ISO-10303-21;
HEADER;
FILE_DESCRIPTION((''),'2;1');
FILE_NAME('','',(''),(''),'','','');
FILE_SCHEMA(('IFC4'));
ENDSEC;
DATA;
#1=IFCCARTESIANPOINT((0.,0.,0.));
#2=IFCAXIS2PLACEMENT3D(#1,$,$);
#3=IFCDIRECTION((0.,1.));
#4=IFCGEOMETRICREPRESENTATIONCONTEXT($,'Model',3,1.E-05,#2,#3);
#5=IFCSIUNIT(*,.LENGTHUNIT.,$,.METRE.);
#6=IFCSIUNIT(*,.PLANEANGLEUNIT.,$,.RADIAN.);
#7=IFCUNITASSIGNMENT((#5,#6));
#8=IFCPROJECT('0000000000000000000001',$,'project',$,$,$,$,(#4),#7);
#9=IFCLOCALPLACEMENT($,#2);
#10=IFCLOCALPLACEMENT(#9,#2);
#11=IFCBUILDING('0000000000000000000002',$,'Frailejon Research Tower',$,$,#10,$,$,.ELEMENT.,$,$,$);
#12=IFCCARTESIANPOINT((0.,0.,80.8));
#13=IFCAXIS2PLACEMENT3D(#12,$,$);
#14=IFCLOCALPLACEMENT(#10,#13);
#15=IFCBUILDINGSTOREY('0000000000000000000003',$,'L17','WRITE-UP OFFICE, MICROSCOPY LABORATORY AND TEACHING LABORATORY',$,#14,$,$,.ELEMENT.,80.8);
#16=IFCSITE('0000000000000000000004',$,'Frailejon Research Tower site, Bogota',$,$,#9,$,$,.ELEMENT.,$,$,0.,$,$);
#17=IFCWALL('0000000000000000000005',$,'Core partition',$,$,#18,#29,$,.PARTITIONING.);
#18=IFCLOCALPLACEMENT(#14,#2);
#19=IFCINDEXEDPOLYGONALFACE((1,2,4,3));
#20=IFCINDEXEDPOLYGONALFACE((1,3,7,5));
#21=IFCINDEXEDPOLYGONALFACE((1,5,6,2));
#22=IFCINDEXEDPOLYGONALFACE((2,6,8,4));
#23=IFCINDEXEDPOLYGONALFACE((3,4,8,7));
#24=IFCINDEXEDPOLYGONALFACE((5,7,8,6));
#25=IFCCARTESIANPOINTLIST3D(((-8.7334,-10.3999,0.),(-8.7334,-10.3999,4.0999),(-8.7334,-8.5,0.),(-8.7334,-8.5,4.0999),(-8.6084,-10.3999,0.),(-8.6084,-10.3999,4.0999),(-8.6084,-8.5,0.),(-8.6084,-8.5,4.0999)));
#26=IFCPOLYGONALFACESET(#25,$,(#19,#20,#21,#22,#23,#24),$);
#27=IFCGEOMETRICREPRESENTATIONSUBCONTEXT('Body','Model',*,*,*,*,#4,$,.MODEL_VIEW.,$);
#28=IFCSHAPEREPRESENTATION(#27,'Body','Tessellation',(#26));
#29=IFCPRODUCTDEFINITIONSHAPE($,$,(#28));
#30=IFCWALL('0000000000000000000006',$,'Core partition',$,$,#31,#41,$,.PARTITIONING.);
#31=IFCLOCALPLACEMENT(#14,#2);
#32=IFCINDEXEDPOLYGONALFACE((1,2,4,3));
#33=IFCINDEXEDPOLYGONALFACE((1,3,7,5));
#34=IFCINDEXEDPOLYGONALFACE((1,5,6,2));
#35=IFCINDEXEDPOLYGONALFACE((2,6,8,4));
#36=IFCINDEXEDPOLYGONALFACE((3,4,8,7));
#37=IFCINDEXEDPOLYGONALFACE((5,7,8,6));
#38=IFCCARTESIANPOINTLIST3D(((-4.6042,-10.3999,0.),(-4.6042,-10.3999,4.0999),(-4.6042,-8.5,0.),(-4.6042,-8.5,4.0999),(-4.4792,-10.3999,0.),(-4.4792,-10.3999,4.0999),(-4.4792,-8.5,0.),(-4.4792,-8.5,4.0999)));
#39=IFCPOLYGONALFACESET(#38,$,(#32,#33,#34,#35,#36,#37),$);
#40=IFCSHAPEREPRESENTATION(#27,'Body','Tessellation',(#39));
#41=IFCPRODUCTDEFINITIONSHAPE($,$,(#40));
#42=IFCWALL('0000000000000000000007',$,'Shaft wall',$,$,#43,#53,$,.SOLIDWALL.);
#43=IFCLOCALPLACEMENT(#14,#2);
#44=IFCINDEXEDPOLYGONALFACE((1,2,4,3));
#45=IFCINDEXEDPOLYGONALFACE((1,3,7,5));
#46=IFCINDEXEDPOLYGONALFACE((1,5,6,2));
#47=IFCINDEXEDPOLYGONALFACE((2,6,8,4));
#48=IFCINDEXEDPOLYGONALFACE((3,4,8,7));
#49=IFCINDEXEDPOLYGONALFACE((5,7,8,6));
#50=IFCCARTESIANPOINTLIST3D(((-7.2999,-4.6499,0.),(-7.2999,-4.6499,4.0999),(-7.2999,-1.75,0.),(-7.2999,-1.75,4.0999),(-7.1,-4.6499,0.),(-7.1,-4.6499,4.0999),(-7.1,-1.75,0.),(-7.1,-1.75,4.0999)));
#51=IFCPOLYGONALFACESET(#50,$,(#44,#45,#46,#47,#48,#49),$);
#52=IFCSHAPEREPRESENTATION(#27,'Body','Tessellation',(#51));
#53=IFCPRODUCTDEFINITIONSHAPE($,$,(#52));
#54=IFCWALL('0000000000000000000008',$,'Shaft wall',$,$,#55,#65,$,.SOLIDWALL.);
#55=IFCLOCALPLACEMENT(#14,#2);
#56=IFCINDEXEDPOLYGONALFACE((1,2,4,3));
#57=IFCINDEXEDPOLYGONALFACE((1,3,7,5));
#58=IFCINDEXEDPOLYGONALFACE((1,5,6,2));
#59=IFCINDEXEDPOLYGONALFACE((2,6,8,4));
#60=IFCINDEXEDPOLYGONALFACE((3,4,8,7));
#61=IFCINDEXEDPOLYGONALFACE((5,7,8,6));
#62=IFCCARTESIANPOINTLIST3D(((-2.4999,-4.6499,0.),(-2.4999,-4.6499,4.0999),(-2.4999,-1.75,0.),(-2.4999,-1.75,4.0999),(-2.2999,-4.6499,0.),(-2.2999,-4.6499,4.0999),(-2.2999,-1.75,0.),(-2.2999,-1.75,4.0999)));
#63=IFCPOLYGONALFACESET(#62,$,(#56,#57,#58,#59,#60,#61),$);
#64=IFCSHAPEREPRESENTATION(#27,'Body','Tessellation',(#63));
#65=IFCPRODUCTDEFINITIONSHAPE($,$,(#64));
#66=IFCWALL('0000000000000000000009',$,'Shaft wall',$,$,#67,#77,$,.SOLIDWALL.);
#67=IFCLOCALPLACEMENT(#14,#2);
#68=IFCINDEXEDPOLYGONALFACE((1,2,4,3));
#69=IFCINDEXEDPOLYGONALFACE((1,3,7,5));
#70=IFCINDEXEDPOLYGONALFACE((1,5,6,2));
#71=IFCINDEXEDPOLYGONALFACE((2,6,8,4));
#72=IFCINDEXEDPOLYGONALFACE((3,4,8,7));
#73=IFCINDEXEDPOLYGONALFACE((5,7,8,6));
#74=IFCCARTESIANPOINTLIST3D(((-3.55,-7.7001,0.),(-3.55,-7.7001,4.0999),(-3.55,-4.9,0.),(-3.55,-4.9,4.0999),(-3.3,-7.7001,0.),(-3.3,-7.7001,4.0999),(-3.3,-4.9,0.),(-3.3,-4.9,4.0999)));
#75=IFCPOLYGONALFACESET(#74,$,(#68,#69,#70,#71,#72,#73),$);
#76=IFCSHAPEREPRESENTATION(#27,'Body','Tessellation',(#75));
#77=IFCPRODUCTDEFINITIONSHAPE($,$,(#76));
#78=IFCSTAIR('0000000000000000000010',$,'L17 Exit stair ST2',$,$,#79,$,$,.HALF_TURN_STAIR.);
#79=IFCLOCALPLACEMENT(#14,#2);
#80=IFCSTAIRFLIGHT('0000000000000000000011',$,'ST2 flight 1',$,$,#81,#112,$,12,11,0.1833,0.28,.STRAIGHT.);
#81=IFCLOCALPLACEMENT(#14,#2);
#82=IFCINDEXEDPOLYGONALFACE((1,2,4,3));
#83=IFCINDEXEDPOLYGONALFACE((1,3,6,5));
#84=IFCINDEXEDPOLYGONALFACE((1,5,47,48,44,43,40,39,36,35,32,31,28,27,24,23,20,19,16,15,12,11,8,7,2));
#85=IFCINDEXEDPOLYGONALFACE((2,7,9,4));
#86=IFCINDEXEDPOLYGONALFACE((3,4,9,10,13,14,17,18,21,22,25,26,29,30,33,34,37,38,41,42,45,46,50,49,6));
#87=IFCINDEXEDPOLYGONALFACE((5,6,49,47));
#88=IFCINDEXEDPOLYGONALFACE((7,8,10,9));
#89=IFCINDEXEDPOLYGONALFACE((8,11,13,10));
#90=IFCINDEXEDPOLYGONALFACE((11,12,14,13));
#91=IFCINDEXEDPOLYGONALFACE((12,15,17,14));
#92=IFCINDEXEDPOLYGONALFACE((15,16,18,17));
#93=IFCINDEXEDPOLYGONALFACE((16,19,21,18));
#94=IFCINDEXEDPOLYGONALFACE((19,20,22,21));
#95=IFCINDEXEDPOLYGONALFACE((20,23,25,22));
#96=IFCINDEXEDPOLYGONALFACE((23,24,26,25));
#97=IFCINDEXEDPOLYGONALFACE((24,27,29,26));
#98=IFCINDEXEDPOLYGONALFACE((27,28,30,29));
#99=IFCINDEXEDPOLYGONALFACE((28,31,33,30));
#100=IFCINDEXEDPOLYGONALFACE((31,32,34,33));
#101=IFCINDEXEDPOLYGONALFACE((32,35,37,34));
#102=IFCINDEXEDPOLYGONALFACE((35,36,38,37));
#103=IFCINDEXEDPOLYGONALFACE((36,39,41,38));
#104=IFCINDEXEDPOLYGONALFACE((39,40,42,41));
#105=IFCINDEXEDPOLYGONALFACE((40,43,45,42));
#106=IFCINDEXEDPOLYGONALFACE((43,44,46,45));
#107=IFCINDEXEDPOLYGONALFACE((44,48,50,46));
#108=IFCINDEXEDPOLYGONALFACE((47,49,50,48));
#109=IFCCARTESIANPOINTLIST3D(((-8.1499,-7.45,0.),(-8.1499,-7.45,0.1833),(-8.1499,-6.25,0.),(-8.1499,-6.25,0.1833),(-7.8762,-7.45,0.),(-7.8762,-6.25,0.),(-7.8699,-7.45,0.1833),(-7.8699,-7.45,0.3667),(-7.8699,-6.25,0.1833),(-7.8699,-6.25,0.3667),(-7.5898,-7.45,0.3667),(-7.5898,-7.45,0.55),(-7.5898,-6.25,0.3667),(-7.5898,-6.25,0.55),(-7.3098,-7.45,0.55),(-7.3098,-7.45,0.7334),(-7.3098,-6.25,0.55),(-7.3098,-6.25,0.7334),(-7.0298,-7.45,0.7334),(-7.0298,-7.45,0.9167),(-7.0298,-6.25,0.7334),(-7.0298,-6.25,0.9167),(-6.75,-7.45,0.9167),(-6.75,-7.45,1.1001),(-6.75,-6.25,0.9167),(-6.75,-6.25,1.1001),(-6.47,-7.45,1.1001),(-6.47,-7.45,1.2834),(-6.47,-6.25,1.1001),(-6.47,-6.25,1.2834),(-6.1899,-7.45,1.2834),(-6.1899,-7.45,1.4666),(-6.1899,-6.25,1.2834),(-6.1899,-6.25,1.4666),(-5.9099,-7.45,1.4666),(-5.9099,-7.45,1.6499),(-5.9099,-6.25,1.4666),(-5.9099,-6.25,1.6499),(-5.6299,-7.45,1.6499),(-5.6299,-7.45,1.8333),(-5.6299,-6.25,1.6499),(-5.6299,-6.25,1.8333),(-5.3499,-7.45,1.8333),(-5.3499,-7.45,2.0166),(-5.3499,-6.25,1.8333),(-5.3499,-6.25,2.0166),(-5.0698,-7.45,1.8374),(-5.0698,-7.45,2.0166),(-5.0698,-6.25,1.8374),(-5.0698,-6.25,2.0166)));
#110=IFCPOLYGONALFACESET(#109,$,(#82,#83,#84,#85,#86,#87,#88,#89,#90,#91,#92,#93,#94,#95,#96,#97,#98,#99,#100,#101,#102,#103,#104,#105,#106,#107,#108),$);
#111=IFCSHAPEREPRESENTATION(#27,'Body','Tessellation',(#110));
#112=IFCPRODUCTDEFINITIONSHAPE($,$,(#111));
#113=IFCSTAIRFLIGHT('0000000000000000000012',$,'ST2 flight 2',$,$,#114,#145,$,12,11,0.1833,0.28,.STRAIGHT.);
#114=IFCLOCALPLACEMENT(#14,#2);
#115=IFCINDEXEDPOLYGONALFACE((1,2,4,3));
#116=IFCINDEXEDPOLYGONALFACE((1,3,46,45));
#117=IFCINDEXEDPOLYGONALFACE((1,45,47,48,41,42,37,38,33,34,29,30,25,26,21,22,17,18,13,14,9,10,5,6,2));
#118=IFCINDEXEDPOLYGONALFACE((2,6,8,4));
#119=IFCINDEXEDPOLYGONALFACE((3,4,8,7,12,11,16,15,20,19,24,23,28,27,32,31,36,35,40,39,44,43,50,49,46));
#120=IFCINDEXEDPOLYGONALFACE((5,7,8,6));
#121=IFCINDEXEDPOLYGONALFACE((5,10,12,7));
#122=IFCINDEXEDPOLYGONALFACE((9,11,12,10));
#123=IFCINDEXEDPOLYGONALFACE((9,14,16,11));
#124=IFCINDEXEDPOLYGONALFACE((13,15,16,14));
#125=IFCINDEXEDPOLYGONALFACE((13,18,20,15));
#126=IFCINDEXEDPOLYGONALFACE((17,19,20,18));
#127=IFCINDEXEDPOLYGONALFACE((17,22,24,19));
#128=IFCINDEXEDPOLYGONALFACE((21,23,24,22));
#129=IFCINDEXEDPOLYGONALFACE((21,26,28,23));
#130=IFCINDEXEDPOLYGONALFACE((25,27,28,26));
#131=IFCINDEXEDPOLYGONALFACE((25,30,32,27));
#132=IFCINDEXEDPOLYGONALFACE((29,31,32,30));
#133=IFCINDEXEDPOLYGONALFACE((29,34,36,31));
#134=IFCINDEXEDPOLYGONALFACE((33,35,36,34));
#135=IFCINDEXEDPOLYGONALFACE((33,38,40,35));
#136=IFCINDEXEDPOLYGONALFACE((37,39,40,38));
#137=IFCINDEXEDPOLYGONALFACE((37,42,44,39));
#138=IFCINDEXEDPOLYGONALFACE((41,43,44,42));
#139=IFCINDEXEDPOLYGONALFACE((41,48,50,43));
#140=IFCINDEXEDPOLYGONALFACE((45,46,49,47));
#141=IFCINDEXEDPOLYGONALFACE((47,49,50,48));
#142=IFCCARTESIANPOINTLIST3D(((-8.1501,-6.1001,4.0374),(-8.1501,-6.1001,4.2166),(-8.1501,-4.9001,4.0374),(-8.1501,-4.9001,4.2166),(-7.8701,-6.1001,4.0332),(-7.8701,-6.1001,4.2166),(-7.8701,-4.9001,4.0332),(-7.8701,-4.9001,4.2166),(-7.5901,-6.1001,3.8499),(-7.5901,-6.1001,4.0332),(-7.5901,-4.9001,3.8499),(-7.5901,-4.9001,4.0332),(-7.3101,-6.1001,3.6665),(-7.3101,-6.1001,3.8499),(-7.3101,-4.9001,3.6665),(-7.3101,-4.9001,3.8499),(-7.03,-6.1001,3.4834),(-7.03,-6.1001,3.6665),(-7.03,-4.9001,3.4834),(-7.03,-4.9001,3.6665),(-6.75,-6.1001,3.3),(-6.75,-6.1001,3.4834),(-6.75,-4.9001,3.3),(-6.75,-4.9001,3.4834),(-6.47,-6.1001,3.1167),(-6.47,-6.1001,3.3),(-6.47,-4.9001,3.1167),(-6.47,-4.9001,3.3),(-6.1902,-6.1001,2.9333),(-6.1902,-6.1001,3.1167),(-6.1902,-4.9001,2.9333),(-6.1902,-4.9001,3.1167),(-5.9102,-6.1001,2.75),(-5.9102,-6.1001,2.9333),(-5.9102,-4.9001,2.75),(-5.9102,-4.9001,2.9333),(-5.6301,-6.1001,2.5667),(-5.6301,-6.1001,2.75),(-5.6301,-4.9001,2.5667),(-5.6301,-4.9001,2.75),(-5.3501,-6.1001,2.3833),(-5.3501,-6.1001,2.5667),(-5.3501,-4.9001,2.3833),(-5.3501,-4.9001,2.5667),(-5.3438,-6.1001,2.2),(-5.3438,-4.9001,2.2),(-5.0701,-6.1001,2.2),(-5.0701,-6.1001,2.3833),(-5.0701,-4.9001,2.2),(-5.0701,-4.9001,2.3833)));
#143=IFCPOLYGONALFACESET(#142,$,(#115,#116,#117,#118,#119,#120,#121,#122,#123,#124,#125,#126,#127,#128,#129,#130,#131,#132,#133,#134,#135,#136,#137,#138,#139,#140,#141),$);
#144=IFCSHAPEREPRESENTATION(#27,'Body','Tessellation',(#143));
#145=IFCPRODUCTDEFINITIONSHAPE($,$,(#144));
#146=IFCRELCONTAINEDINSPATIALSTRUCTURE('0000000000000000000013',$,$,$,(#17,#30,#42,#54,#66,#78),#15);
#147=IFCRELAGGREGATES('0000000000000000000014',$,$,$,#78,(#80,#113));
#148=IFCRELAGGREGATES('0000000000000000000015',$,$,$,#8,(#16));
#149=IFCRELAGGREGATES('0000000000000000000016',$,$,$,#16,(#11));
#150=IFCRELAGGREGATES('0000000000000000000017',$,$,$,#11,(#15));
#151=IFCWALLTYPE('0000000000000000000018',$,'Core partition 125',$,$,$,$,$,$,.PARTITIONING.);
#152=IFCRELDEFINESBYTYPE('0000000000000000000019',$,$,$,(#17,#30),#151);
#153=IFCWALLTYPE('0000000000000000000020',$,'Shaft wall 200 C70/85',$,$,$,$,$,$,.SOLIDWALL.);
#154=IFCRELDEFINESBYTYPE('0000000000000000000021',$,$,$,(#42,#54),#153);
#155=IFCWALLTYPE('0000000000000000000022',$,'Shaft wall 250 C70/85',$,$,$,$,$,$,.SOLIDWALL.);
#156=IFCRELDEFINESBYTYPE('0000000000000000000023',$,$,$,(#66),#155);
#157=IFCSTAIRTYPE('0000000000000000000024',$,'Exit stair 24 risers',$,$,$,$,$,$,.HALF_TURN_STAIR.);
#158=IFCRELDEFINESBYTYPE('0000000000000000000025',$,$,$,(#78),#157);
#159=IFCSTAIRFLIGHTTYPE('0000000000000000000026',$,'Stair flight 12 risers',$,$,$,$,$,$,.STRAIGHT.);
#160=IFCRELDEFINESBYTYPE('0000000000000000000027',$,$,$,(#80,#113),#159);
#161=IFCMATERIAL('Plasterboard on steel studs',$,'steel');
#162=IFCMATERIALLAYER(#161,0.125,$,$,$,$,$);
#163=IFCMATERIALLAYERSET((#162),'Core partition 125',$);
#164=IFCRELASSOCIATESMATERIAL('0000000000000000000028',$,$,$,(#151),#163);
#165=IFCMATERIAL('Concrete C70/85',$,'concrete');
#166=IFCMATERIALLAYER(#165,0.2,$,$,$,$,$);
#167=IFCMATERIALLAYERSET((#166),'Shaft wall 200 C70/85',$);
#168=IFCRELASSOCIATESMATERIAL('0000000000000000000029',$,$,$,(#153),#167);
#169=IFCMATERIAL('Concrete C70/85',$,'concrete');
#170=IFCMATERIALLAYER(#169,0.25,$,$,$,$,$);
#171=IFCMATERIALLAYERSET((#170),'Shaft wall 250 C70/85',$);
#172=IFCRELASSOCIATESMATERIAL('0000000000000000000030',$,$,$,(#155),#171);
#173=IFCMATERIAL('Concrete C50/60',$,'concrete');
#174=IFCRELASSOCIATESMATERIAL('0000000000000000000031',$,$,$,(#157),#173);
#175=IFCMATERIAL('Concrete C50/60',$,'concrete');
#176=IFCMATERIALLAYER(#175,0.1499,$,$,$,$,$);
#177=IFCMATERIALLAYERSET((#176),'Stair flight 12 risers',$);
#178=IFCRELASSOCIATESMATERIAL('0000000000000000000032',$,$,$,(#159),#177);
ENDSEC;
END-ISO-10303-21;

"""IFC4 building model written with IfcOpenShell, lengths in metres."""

from ifc_helpers import new_model, si_unit, direction, frame, frame_2d, origin, place, context, subcontext, project, spatial, polyline, rectangle, outline, extrude, material, layer, layer_set, type_object, element, aggregate, save


model = new_model("IFC4")

# Units and contexts
model_context = context("Model", 3, precision=1e-05, world=origin(), true_north=direction((0.0, 1.0)))
body_context = subcontext(model_context, "Body", "Model", "MODEL_VIEW")
ifc_project = project(units=[si_unit("LENGTHUNIT", "METRE"), si_unit("PLANEANGLEUNIT", "RADIAN")], contexts=[model_context])

# Site, building, storey
site_placement = place(None, origin())
site = spatial("IfcSite", under=ifc_project, at=site_placement, Name="Frailejon Research Tower site, Bogota", CompositionType="ELEMENT", RefElevation=0.0)
building_placement = place(site_placement, origin())
building = spatial("IfcBuilding", under=site, at=building_placement, Name="Frailejon Research Tower", CompositionType="ELEMENT")
storey_placement = place(building_placement, frame((0.0, 0.0, 80.8)))
storey = spatial("IfcBuildingStorey", under=building, at=storey_placement, Name="L17", Description="WRITE-UP OFFICE, MICROSCOPY LABORATORY AND TEACHING LABORATORY", CompositionType="ELEMENT", Elevation=80.8)

# Walls
ifc_material_1 = material(Name="Plasterboard on steel studs", Category="steel")
ifc_layer_1 = layer(ifc_material_1, 0.125)
ifc_layer_set_1 = layer_set([ifc_layer_1], Name="Core partition 125")
wall_type_1 = type_object("IfcWallType", Name="Core partition 125", PredefinedType="PARTITIONING", material=ifc_layer_set_1)
for number, where, z_axis, x_axis, name in (
    (1, (-8.6709, -10.3999, 0.0), (0.0, 0.0, 1.0), (0.0, 1.0, 0.0), "Core partition"),
    (2, (-4.5417, -10.3999, 0.0), (0.0, 0.0, 1.0), (0.0, 1.0, 0.0), "Core partition"),
):
    element("IfcWall", number, at=place(storey_placement, frame(where, z_axis=z_axis, x_axis=x_axis)), inside=storey, type_object=wall_type_1, Name=name, PredefinedType="PARTITIONING", context=body_context, shape_type="SweptSolid", body=[
        extrude(rectangle(XDim=1.8999, YDim=0.125, at=frame_2d((0.95, 0.0))), origin(), (0.0, 0.0, 1.0), 4.0999),
    ])
ifc_material_2 = material(Name="Concrete C70/85", Category="concrete")
ifc_layer_2 = layer(ifc_material_2, 0.2)
ifc_layer_set_2 = layer_set([ifc_layer_2], Name="Shaft wall 200 C70/85")
wall_type_2 = type_object("IfcWallType", Name="Shaft wall 200 C70/85", PredefinedType="SOLIDWALL", material=ifc_layer_set_2)
for number, where, z_axis, x_axis, name in (
    (3, (-7.2, -4.6499, 0.0), (0.0, 0.0, 1.0), (0.0, 1.0, 0.0), "Shaft wall"),
    (4, (-2.3999, -4.6499, 0.0), (0.0, 0.0, 1.0), (0.0, 1.0, 0.0), "Shaft wall"),
):
    element("IfcWall", number, at=place(storey_placement, frame(where, z_axis=z_axis, x_axis=x_axis)), inside=storey, type_object=wall_type_2, Name=name, PredefinedType="SOLIDWALL", context=body_context, shape_type="SweptSolid", body=[
        extrude(rectangle(XDim=2.8999, YDim=0.2, at=frame_2d((1.45, 0.0))), origin(), (0.0, 0.0, 1.0), 4.0999),
    ])
ifc_material_3 = material(Name="Concrete C70/85", Category="concrete")
ifc_layer_3 = layer(ifc_material_3, 0.25)
ifc_layer_set_3 = layer_set([ifc_layer_3], Name="Shaft wall 250 C70/85")
wall_type_3 = type_object("IfcWallType", Name="Shaft wall 250 C70/85", PredefinedType="SOLIDWALL", material=ifc_layer_set_3)
wall_placement = place(storey_placement, frame((-3.425, -7.7, 0.0), z_axis=(0.0, 0.0, 1.0), x_axis=(0.0, 1.0, 0.0)))
element("IfcWall", 5, at=wall_placement, inside=storey, type_object=wall_type_3, Name="Shaft wall", PredefinedType="SOLIDWALL", context=body_context, shape_type="SweptSolid", body=[
    extrude(rectangle(XDim=2.8, YDim=0.25, at=frame_2d((1.3999, 0.0))), origin(), (0.0, 0.0, 1.0), 4.0999),
])

# Stair, stair flights
ifc_material_4 = material(Name="Concrete C50/60", Category="concrete")
stair_type = type_object("IfcStairType", Name="Exit stair 24 risers", PredefinedType="HALF_TURN_STAIR", material=ifc_material_4)
stair_placement = place(storey_placement, origin())
stair = element("IfcStair", 6, at=stair_placement, inside=storey, type_object=stair_type, Name="L17 Exit stair ST2", PredefinedType="HALF_TURN_STAIR")
ifc_material_5 = material(Name="Concrete C50/60", Category="concrete")
ifc_layer_4 = layer(ifc_material_5, 0.1499)
ifc_layer_set_4 = layer_set([ifc_layer_4], Name="Stair flight 12 risers")
stair_flight_type = type_object("IfcStairFlightType", Name="Stair flight 12 risers", PredefinedType="STRAIGHT", material=ifc_layer_set_4)
stair_flight_1_placement = place(storey_placement, frame((-8.1499, -6.8501, 0.0), z_axis=(0.0, 0.0, 1.0), x_axis=(1.0, 0.0, 0.0)))
stair_flight_1 = element("IfcStairFlight", 7, at=stair_flight_1_placement, type_object=stair_flight_type, Name="ST2 flight 1", NumberOfRisers=12, NumberOfTreads=11, PredefinedType="STRAIGHT", RiserHeight=0.1833, TreadLength=0.28, context=body_context, shape_type="SweptSolid", body=[
    extrude(outline(polyline([(0.0, 0.0), (0.0, 0.1833), (0.28, 0.1833), (0.28, 0.3667), (0.5601, 0.3667), (0.5601, 0.55), (0.8401, 0.55), (0.8401, 0.7334), (1.1201, 0.7334), (1.1201, 0.9167), (1.3999, 0.9167), (1.3999, 1.1001), (1.6799, 1.1001), (1.6799, 1.2834), (1.96, 1.2834), (1.96, 1.4666), (2.24, 1.4666), (2.24, 1.6499), (2.52, 1.6499), (2.52, 1.8333), (2.8, 1.8333), (2.8, 2.0166), (3.0801, 2.0166), (3.0801, 2.2), (3.0801, 1.8374), (0.2737, 0.0), (0.0, 0.0)])), frame((0.0, 0.6001, 0.0), z_axis=(0.0, -1.0, 0.0), x_axis=(1.0, 0.0, 0.0)), (0.0, 0.0, 1.0), 1.2),
])
stair_flight_2_placement = place(storey_placement, frame((-5.0701, -5.5, 2.2), z_axis=(0.0, 0.0, 1.0), x_axis=(-1.0, 0.0, 0.0)))
stair_flight_2 = element("IfcStairFlight", 8, at=stair_flight_2_placement, type_object=stair_flight_type, Name="ST2 flight 2", NumberOfRisers=12, NumberOfTreads=11, PredefinedType="STRAIGHT", RiserHeight=0.1833, TreadLength=0.28, context=body_context, shape_type="SweptSolid", body=[
    extrude(outline(polyline([(0.0, 0.0), (0.0, 0.1833), (0.28, 0.1833), (0.28, 0.3667), (0.5601, 0.3667), (0.5601, 0.55), (0.8401, 0.55), (0.8401, 0.7334), (1.1201, 0.7334), (1.1201, 0.9167), (1.3999, 0.9167), (1.3999, 1.1001), (1.6799, 1.1001), (1.6799, 1.2834), (1.96, 1.2834), (1.96, 1.4666), (2.24, 1.4666), (2.24, 1.6499), (2.52, 1.6499), (2.52, 1.8333), (2.8, 1.8333), (2.8, 2.0166), (3.0801, 2.0166), (3.0801, 2.2), (3.0801, 1.8374), (0.2737, 0.0), (0.0, 0.0)])), frame((0.0, 0.6001, 0.0), z_axis=(0.0, -1.0, 0.0), x_axis=(1.0, 0.0, 0.0)), (0.0, 0.0, 1.0), 1.2),
])
aggregate(stair, [stair_flight_1, stair_flight_2])

save(model, "model.ifc")
